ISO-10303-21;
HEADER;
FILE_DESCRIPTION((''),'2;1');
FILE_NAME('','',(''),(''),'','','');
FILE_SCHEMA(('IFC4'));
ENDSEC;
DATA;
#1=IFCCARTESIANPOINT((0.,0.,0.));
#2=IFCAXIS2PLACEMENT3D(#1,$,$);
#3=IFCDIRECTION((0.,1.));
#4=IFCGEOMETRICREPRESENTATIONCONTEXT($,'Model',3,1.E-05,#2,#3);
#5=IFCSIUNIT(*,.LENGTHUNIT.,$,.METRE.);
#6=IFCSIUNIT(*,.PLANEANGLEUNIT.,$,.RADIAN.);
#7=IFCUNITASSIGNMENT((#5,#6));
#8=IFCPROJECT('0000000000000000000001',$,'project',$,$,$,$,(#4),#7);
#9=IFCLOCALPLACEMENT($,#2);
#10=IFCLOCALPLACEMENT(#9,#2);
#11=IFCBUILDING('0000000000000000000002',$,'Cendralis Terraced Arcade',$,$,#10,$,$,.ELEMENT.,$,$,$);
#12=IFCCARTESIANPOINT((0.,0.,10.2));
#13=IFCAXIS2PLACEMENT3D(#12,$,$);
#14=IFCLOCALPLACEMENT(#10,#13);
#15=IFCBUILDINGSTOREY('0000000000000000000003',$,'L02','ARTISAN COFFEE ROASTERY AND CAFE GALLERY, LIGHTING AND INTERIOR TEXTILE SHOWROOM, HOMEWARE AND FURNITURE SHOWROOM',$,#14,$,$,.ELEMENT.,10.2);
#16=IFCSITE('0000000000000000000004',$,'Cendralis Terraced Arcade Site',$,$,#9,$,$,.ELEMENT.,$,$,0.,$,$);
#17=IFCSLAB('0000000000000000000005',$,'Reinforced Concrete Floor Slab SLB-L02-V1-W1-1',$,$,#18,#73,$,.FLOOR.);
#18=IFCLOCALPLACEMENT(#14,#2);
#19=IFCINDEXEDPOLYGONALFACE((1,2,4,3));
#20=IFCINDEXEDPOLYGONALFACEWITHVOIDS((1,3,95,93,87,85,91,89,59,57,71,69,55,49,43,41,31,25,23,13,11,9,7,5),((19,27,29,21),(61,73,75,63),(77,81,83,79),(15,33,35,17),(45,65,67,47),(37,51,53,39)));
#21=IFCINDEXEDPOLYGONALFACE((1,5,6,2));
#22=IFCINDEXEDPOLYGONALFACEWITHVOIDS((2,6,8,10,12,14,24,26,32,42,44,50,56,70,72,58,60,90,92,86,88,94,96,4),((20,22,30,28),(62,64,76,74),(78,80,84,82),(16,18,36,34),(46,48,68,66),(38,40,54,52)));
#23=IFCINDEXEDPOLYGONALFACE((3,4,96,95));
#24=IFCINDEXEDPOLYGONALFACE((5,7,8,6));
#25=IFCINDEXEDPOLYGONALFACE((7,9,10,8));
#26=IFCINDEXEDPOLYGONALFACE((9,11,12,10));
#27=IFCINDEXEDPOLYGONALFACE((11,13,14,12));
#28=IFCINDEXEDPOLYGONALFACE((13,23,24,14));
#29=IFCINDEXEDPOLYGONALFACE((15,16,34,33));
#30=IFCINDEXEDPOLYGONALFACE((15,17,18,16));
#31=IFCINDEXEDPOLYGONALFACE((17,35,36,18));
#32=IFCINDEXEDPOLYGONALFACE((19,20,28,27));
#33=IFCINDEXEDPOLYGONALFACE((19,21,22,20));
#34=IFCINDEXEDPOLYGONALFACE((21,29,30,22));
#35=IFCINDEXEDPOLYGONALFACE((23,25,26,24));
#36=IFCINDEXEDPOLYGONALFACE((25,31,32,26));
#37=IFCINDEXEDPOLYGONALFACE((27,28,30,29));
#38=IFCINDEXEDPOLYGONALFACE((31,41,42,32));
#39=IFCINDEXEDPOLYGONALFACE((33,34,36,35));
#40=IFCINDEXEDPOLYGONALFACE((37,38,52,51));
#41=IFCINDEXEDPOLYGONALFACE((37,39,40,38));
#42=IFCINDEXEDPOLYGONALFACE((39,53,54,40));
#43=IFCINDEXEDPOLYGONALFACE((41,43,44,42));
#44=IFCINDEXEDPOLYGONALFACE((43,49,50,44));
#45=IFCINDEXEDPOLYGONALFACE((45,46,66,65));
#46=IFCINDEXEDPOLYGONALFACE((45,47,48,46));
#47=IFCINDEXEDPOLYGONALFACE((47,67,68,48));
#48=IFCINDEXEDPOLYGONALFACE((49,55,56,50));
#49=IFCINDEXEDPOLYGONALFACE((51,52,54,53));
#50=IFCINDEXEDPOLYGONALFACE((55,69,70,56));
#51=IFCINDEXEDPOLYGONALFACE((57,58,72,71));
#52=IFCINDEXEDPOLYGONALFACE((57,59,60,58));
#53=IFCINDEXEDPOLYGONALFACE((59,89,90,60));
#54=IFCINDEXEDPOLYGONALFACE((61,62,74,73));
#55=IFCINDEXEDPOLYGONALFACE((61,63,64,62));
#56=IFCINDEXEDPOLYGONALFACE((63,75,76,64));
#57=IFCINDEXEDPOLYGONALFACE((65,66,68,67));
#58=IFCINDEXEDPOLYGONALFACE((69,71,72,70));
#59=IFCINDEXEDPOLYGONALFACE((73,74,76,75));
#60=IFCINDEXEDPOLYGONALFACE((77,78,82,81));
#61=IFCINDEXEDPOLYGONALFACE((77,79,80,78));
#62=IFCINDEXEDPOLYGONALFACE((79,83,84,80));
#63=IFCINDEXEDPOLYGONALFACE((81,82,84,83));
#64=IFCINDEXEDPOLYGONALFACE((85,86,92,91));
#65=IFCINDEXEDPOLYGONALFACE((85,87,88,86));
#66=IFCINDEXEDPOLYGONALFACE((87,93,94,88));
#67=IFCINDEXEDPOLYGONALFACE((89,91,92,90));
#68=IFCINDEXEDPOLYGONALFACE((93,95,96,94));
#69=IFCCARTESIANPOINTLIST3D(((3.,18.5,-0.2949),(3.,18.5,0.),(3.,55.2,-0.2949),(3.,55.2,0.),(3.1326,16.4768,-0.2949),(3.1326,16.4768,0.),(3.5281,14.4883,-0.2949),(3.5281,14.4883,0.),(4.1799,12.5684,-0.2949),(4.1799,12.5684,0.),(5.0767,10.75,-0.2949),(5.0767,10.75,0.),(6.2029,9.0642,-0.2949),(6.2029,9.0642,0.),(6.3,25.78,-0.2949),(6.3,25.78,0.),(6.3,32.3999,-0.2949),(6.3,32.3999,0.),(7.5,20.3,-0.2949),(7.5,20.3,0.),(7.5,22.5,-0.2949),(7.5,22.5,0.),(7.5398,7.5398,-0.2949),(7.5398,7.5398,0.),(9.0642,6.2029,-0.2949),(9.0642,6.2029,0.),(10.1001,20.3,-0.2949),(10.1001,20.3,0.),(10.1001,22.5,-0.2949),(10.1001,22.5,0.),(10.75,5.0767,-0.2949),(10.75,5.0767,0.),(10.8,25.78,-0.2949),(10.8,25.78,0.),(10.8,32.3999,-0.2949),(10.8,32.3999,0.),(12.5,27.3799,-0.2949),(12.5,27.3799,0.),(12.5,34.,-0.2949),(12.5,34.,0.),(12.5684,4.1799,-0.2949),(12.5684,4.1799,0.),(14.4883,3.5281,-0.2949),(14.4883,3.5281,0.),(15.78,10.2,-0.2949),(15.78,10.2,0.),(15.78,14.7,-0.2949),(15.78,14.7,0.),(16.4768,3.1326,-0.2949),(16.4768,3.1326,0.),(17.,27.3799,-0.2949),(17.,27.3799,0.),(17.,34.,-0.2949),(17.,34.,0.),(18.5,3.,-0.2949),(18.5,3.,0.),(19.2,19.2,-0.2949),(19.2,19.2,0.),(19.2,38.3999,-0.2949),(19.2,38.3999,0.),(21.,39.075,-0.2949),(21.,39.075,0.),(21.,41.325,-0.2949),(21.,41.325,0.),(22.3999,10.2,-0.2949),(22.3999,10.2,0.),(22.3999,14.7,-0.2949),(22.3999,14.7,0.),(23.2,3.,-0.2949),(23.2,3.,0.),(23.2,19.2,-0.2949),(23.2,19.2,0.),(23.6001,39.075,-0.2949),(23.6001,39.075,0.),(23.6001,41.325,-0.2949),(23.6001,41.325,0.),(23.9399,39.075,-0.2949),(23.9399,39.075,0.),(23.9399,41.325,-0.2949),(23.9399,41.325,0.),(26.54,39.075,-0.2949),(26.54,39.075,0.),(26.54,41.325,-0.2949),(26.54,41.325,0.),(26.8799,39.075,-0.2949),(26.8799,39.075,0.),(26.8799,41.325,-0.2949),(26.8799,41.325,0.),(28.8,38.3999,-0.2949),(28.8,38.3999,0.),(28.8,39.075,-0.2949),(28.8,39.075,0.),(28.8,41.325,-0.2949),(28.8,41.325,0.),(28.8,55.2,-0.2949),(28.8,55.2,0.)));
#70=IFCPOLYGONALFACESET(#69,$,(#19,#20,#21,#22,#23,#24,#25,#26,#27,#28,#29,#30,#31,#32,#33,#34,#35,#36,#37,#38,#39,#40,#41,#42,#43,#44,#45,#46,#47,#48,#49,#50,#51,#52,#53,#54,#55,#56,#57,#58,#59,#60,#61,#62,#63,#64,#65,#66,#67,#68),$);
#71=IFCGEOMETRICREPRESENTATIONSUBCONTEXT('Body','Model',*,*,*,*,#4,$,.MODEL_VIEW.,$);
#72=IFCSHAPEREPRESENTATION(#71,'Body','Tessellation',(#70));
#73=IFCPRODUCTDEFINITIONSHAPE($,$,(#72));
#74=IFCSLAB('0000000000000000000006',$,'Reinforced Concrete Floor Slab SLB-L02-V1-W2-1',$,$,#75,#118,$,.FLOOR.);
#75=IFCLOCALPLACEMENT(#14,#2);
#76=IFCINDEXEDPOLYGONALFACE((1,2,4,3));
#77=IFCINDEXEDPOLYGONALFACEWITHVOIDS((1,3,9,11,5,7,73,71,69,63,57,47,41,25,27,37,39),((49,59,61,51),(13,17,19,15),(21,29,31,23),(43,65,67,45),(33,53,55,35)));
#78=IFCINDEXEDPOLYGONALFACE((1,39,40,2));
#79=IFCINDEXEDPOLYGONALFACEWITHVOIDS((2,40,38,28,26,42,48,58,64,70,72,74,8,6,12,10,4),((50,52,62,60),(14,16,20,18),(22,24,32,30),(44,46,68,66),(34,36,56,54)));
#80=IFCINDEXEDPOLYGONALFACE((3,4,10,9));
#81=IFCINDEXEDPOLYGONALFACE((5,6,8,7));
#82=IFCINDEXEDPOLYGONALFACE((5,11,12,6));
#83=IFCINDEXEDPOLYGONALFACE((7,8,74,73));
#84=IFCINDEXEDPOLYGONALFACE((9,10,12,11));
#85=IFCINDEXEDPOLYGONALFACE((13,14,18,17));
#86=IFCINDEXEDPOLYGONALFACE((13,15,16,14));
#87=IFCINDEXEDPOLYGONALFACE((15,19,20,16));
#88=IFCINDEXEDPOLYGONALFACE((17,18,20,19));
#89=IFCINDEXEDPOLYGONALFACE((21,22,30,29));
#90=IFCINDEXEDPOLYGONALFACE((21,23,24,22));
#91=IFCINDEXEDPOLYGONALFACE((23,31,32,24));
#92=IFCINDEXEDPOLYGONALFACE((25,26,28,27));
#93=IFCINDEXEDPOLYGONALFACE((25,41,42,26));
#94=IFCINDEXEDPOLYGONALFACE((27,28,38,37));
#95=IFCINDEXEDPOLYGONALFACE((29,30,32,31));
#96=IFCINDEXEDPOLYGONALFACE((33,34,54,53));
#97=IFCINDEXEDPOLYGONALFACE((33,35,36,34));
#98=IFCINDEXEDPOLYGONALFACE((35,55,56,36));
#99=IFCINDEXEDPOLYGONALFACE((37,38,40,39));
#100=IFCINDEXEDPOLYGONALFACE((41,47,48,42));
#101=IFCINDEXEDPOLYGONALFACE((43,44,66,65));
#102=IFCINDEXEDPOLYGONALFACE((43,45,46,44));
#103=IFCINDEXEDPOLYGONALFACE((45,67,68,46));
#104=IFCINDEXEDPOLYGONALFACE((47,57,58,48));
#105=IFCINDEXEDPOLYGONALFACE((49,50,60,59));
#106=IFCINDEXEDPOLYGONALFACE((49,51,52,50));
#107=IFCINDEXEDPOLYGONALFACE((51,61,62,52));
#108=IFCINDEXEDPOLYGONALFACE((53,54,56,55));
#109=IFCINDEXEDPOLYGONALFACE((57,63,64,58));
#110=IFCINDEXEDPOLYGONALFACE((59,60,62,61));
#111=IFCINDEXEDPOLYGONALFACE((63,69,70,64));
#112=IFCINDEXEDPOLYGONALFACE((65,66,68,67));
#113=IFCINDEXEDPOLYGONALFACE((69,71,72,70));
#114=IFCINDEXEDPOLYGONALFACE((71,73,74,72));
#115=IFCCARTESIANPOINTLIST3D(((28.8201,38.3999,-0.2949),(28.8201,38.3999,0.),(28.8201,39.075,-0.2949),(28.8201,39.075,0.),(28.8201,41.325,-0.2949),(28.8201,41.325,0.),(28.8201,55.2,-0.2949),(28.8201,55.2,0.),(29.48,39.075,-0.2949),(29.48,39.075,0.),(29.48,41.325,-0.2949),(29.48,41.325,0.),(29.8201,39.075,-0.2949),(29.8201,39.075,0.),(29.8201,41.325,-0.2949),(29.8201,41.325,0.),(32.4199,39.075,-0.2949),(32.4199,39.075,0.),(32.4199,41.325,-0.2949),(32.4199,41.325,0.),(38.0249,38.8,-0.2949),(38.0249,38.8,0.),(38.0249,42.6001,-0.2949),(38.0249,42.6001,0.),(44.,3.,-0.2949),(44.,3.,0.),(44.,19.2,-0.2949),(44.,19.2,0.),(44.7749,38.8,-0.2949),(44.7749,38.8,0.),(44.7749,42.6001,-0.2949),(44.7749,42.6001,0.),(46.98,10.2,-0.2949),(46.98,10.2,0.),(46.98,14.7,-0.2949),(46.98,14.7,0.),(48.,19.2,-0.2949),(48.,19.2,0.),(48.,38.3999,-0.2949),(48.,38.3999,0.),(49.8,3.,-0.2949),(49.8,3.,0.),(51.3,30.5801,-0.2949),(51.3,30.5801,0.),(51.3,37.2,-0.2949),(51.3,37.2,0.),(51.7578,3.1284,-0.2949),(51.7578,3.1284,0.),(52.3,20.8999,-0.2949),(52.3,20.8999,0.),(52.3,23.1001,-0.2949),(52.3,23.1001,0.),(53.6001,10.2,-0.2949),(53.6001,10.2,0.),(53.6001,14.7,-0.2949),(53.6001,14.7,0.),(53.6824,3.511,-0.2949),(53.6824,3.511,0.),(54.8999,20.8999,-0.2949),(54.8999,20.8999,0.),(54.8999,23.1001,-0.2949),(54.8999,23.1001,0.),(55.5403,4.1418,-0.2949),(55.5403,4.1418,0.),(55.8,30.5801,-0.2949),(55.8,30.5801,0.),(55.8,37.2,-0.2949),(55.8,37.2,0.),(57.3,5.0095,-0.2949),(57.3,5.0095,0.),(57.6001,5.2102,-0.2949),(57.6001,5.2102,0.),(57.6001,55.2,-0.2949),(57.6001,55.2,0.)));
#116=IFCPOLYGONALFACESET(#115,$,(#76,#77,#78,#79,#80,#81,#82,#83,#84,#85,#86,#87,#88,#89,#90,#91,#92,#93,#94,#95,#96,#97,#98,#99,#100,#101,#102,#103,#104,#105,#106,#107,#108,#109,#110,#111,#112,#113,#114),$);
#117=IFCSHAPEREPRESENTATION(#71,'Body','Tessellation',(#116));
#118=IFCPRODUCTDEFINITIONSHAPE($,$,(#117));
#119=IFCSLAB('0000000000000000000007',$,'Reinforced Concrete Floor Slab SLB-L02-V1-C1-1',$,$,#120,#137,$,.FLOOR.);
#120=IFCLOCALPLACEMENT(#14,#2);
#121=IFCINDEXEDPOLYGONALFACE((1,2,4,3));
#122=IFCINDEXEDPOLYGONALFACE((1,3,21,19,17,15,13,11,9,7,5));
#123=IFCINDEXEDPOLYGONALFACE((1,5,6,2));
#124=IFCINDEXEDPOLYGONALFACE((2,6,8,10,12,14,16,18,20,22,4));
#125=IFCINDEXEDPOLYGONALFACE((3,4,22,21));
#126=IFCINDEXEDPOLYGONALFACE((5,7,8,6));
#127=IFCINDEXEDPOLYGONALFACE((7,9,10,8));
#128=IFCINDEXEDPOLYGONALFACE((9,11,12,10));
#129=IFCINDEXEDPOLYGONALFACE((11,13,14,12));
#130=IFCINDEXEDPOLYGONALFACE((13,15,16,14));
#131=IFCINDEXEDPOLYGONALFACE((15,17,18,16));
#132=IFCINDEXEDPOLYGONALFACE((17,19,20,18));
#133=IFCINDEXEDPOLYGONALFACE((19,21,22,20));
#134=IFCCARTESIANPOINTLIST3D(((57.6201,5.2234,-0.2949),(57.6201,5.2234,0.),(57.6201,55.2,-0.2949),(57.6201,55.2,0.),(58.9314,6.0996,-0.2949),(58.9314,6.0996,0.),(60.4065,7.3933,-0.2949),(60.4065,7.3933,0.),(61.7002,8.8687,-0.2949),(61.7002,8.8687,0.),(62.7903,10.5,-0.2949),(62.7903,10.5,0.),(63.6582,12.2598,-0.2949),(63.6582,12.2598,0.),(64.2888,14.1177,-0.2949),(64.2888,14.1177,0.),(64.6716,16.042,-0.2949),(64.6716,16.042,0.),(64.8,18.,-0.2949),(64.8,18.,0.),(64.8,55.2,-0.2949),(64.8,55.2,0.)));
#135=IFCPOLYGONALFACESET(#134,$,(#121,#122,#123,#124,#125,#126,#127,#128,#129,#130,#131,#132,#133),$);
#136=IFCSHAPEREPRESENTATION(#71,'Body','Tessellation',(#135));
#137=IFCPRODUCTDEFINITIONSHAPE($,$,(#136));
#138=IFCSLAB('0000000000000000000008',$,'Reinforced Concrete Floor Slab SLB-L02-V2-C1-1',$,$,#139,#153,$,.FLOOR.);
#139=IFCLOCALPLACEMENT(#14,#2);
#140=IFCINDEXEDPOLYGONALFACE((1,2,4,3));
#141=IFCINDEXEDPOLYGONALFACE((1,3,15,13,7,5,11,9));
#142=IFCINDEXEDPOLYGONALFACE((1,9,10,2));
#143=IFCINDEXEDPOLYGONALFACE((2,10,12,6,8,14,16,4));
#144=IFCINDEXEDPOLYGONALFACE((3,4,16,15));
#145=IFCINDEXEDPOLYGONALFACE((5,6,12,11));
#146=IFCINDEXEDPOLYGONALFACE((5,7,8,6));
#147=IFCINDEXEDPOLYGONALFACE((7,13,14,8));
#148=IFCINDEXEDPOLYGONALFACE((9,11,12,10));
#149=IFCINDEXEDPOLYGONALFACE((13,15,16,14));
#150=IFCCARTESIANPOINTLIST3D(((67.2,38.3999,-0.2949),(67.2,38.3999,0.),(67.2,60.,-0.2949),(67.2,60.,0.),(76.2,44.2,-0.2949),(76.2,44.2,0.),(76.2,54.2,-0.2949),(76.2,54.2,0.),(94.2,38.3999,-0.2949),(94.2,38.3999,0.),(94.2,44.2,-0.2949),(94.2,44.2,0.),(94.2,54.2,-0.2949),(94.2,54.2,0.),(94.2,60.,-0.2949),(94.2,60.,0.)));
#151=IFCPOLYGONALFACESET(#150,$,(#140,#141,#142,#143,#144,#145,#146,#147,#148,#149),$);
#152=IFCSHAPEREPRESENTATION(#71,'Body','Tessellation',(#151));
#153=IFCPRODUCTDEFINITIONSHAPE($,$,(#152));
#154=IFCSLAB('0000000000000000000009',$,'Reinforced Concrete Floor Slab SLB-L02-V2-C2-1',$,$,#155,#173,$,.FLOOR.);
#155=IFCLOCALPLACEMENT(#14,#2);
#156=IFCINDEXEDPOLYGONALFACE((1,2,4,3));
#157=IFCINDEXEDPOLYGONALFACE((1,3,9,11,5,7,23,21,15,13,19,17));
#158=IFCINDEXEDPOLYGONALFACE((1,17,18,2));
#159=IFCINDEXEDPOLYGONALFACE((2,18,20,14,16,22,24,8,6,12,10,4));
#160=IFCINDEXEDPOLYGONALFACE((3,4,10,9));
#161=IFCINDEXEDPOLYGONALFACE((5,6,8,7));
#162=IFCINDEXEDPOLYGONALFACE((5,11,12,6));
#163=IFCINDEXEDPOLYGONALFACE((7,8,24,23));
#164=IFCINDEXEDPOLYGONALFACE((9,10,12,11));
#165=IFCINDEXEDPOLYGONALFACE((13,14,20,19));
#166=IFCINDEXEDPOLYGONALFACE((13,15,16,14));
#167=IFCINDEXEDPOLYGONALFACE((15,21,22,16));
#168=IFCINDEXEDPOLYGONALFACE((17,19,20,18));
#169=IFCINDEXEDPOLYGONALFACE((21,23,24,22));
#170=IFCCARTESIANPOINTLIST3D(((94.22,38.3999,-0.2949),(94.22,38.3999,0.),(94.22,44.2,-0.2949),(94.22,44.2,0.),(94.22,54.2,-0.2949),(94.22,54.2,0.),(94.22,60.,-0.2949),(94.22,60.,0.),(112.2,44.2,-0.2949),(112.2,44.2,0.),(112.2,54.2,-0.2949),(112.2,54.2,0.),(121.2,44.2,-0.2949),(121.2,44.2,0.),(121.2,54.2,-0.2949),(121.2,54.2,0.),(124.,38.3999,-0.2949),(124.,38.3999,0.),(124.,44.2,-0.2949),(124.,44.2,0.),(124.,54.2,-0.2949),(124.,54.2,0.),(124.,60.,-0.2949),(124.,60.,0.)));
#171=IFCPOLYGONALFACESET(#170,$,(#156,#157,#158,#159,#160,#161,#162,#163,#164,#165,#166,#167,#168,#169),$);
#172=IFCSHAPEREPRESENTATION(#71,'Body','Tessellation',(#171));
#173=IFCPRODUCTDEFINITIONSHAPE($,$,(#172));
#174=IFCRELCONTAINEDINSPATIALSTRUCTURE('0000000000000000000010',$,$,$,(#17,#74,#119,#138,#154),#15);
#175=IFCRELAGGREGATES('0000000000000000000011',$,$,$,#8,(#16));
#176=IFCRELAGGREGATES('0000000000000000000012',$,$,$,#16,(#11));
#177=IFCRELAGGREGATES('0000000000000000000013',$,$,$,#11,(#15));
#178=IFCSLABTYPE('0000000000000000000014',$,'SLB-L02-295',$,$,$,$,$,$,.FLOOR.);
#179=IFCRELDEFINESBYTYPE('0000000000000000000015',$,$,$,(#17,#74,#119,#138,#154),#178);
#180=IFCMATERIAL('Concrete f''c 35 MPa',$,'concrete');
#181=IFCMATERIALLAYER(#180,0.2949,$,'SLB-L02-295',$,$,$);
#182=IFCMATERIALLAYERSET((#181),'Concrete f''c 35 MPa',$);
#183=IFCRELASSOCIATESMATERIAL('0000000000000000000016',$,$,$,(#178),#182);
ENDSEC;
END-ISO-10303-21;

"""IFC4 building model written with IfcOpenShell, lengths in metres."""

from ifc_helpers import new_model, si_unit, direction, frame, origin, place, context, subcontext, project, spatial, polyline, outline, extrude, material, layer, layer_set, type_object, element, save


model = new_model("IFC4")

# Units and contexts
model_context = context("Model", 3, precision=1e-05, world=origin(), true_north=direction((0.0, 1.0)))
body_context = subcontext(model_context, "Body", "Model", "MODEL_VIEW")
ifc_project = project(units=[si_unit("LENGTHUNIT", "METRE"), si_unit("PLANEANGLEUNIT", "RADIAN")], contexts=[model_context])

# Site, building, storey
site_placement = place(None, origin())
site = spatial("IfcSite", under=ifc_project, at=site_placement, Name="Cendralis Terraced Arcade Site", CompositionType="ELEMENT", RefElevation=0.0)
building_placement = place(site_placement, origin())
building = spatial("IfcBuilding", under=site, at=building_placement, Name="Cendralis Terraced Arcade", CompositionType="ELEMENT")
storey_placement = place(building_placement, frame((0.0, 0.0, 10.2)))
storey = spatial("IfcBuildingStorey", under=building, at=storey_placement, Name="L02", Description="ARTISAN COFFEE ROASTERY AND CAFE GALLERY, LIGHTING AND INTERIOR TEXTILE SHOWROOM, HOMEWARE AND FURNITURE SHOWROOM", CompositionType="ELEMENT", Elevation=10.2)

# Slabs
ifc_material = material(Name="Concrete f'c 35 MPa", Category="concrete")
ifc_layer_1 = layer(ifc_material, 0.2949, Name="SLB-L02-295")
ifc_layer_set_1 = layer_set([ifc_layer_1], Name="Concrete f'c 35 MPa")
slab_type_1 = type_object("IfcSlabType", Name="SLB-L02-295", PredefinedType="FLOOR", material=ifc_layer_set_1)
slab_1_placement = place(storey_placement, frame((0.0, 0.0, -0.2949)))
element("IfcSlab", 1, at=slab_1_placement, inside=storey, type_object=slab_type_1, Name="Reinforced Concrete Floor Slab SLB-L02-V1-W1-1", PredefinedType="FLOOR", context=body_context, shape_type="SweptSolid", body=[
    extrude(outline(polyline([(28.8, 55.2), (28.8, 41.325), (26.8799, 41.325), (26.8799, 39.075), (28.8, 39.075), (28.8, 38.3999), (19.2, 38.3999), (19.2, 19.2), (23.2, 19.2), (23.2, 3.0), (18.5, 3.0), (16.4768, 3.1326), (14.4883, 3.5281), (12.5684, 4.1799), (10.75, 5.0767), (9.0642, 6.2029), (7.5398, 7.5398), (6.2029, 9.0642), (5.0767, 10.75), (4.1799, 12.5684), (3.5281, 14.4883), (3.1326, 16.4768), (3.0, 18.5), (3.0, 55.2), (28.8, 55.2)]), holes=[polyline([(22.3999, 14.7), (15.78, 14.7), (15.78, 10.2), (22.3999, 10.2), (22.3999, 14.7)]), polyline([(10.1001, 20.3), (10.1001, 22.5), (7.5, 22.5), (7.5, 20.3), (10.1001, 20.3)]), polyline([(10.8, 25.78), (10.8, 32.3999), (6.3, 32.3999), (6.3, 25.78), (10.8, 25.78)]), polyline([(17.0, 27.3799), (17.0, 34.0), (12.5, 34.0), (12.5, 27.3799), (17.0, 27.3799)]), polyline([(23.6001, 41.325), (21.0, 41.325), (21.0, 39.075), (23.6001, 39.075), (23.6001, 41.325)]), polyline([(26.54, 39.075), (26.54, 41.325), (23.9399, 41.325), (23.9399, 39.075), (26.54, 39.075)])]), origin(), (0.0, 0.0, 1.0), 0.2949),
])
slab_2_placement = place(storey_placement, frame((0.0, 0.0, -0.2949)))
element("IfcSlab", 2, at=slab_2_placement, inside=storey, type_object=slab_type_1, Name="Reinforced Concrete Floor Slab SLB-L02-V1-W2-1", PredefinedType="FLOOR", context=body_context, shape_type="SweptSolid", body=[
    extrude(outline(polyline([(57.3, 5.0095), (55.5403, 4.1418), (53.6824, 3.511), (51.7578, 3.1284), (49.8, 3.0), (44.0, 3.0), (44.0, 19.2), (48.0, 19.2), (48.0, 38.3999), (28.8201, 38.3999), (28.8201, 39.075), (29.48, 39.075), (29.48, 41.325), (28.8201, 41.325), (28.8201, 55.2), (57.6001, 55.2), (57.6001, 5.2102), (57.3, 5.0095)]), holes=[polyline([(53.6001, 14.7), (46.98, 14.7), (46.98, 10.2), (53.6001, 10.2), (53.6001, 14.7)]), polyline([(32.4199, 41.325), (29.8201, 41.325), (29.8201, 39.075), (32.4199, 39.075), (32.4199, 41.325)]), polyline([(44.7749, 42.6001), (38.0249, 42.6001), (38.0249, 38.8), (44.7749, 38.8), (44.7749, 42.6001)]), polyline([(54.8999, 23.1001), (52.3, 23.1001), (52.3, 20.8999), (54.8999, 20.8999), (54.8999, 23.1001)]), polyline([(55.8, 37.2), (51.3, 37.2), (51.3, 30.5801), (55.8, 30.5801), (55.8, 37.2)])]), origin(), (0.0, 0.0, 1.0), 0.2949),
])
slab_3_placement = place(storey_placement, frame((0.0, 0.0, -0.2949)))
element("IfcSlab", 3, at=slab_3_placement, inside=storey, type_object=slab_type_1, Name="Reinforced Concrete Floor Slab SLB-L02-V1-C1-1", PredefinedType="FLOOR", context=body_context, shape_type="SweptSolid", body=[
    extrude(outline(polyline([(64.6716, 16.042), (64.2888, 14.1177), (63.6582, 12.2598), (62.7903, 10.5), (61.7002, 8.8687), (60.4065, 7.3933), (58.9314, 6.0996), (57.6201, 5.2234), (57.6201, 55.2), (64.8, 55.2), (64.8, 18.0), (64.6716, 16.042)])), origin(), (0.0, 0.0, 1.0), 0.2949),
])
slab_4_placement = place(storey_placement, frame((0.0, 0.0, -0.2949)))
element("IfcSlab", 4, at=slab_4_placement, inside=storey, type_object=slab_type_1, Name="Reinforced Concrete Floor Slab SLB-L02-V2-C1-1", PredefinedType="FLOOR", context=body_context, shape_type="SweptSolid", body=[
    extrude(outline(polyline([(94.2, 54.2), (76.2, 54.2), (76.2, 44.2), (94.2, 44.2), (94.2, 38.3999), (67.2, 38.3999), (67.2, 60.0), (94.2, 60.0), (94.2, 54.2)])), origin(), (0.0, 0.0, 1.0), 0.2949),
])
slab_5_placement = place(storey_placement, frame((0.0, 0.0, -0.2949)))
element("IfcSlab", 5, at=slab_5_placement, inside=storey, type_object=slab_type_1, Name="Reinforced Concrete Floor Slab SLB-L02-V2-C2-1", PredefinedType="FLOOR", context=body_context, shape_type="SweptSolid", body=[
    extrude(outline(polyline([(121.2, 54.2), (121.2, 44.2), (124.0, 44.2), (124.0, 38.3999), (94.22, 38.3999), (94.22, 44.2), (112.2, 44.2), (112.2, 54.2), (94.22, 54.2), (94.22, 60.0), (124.0, 60.0), (124.0, 54.2), (121.2, 54.2)])), origin(), (0.0, 0.0, 1.0), 0.2949),
])

save(model, "model.ifc")
